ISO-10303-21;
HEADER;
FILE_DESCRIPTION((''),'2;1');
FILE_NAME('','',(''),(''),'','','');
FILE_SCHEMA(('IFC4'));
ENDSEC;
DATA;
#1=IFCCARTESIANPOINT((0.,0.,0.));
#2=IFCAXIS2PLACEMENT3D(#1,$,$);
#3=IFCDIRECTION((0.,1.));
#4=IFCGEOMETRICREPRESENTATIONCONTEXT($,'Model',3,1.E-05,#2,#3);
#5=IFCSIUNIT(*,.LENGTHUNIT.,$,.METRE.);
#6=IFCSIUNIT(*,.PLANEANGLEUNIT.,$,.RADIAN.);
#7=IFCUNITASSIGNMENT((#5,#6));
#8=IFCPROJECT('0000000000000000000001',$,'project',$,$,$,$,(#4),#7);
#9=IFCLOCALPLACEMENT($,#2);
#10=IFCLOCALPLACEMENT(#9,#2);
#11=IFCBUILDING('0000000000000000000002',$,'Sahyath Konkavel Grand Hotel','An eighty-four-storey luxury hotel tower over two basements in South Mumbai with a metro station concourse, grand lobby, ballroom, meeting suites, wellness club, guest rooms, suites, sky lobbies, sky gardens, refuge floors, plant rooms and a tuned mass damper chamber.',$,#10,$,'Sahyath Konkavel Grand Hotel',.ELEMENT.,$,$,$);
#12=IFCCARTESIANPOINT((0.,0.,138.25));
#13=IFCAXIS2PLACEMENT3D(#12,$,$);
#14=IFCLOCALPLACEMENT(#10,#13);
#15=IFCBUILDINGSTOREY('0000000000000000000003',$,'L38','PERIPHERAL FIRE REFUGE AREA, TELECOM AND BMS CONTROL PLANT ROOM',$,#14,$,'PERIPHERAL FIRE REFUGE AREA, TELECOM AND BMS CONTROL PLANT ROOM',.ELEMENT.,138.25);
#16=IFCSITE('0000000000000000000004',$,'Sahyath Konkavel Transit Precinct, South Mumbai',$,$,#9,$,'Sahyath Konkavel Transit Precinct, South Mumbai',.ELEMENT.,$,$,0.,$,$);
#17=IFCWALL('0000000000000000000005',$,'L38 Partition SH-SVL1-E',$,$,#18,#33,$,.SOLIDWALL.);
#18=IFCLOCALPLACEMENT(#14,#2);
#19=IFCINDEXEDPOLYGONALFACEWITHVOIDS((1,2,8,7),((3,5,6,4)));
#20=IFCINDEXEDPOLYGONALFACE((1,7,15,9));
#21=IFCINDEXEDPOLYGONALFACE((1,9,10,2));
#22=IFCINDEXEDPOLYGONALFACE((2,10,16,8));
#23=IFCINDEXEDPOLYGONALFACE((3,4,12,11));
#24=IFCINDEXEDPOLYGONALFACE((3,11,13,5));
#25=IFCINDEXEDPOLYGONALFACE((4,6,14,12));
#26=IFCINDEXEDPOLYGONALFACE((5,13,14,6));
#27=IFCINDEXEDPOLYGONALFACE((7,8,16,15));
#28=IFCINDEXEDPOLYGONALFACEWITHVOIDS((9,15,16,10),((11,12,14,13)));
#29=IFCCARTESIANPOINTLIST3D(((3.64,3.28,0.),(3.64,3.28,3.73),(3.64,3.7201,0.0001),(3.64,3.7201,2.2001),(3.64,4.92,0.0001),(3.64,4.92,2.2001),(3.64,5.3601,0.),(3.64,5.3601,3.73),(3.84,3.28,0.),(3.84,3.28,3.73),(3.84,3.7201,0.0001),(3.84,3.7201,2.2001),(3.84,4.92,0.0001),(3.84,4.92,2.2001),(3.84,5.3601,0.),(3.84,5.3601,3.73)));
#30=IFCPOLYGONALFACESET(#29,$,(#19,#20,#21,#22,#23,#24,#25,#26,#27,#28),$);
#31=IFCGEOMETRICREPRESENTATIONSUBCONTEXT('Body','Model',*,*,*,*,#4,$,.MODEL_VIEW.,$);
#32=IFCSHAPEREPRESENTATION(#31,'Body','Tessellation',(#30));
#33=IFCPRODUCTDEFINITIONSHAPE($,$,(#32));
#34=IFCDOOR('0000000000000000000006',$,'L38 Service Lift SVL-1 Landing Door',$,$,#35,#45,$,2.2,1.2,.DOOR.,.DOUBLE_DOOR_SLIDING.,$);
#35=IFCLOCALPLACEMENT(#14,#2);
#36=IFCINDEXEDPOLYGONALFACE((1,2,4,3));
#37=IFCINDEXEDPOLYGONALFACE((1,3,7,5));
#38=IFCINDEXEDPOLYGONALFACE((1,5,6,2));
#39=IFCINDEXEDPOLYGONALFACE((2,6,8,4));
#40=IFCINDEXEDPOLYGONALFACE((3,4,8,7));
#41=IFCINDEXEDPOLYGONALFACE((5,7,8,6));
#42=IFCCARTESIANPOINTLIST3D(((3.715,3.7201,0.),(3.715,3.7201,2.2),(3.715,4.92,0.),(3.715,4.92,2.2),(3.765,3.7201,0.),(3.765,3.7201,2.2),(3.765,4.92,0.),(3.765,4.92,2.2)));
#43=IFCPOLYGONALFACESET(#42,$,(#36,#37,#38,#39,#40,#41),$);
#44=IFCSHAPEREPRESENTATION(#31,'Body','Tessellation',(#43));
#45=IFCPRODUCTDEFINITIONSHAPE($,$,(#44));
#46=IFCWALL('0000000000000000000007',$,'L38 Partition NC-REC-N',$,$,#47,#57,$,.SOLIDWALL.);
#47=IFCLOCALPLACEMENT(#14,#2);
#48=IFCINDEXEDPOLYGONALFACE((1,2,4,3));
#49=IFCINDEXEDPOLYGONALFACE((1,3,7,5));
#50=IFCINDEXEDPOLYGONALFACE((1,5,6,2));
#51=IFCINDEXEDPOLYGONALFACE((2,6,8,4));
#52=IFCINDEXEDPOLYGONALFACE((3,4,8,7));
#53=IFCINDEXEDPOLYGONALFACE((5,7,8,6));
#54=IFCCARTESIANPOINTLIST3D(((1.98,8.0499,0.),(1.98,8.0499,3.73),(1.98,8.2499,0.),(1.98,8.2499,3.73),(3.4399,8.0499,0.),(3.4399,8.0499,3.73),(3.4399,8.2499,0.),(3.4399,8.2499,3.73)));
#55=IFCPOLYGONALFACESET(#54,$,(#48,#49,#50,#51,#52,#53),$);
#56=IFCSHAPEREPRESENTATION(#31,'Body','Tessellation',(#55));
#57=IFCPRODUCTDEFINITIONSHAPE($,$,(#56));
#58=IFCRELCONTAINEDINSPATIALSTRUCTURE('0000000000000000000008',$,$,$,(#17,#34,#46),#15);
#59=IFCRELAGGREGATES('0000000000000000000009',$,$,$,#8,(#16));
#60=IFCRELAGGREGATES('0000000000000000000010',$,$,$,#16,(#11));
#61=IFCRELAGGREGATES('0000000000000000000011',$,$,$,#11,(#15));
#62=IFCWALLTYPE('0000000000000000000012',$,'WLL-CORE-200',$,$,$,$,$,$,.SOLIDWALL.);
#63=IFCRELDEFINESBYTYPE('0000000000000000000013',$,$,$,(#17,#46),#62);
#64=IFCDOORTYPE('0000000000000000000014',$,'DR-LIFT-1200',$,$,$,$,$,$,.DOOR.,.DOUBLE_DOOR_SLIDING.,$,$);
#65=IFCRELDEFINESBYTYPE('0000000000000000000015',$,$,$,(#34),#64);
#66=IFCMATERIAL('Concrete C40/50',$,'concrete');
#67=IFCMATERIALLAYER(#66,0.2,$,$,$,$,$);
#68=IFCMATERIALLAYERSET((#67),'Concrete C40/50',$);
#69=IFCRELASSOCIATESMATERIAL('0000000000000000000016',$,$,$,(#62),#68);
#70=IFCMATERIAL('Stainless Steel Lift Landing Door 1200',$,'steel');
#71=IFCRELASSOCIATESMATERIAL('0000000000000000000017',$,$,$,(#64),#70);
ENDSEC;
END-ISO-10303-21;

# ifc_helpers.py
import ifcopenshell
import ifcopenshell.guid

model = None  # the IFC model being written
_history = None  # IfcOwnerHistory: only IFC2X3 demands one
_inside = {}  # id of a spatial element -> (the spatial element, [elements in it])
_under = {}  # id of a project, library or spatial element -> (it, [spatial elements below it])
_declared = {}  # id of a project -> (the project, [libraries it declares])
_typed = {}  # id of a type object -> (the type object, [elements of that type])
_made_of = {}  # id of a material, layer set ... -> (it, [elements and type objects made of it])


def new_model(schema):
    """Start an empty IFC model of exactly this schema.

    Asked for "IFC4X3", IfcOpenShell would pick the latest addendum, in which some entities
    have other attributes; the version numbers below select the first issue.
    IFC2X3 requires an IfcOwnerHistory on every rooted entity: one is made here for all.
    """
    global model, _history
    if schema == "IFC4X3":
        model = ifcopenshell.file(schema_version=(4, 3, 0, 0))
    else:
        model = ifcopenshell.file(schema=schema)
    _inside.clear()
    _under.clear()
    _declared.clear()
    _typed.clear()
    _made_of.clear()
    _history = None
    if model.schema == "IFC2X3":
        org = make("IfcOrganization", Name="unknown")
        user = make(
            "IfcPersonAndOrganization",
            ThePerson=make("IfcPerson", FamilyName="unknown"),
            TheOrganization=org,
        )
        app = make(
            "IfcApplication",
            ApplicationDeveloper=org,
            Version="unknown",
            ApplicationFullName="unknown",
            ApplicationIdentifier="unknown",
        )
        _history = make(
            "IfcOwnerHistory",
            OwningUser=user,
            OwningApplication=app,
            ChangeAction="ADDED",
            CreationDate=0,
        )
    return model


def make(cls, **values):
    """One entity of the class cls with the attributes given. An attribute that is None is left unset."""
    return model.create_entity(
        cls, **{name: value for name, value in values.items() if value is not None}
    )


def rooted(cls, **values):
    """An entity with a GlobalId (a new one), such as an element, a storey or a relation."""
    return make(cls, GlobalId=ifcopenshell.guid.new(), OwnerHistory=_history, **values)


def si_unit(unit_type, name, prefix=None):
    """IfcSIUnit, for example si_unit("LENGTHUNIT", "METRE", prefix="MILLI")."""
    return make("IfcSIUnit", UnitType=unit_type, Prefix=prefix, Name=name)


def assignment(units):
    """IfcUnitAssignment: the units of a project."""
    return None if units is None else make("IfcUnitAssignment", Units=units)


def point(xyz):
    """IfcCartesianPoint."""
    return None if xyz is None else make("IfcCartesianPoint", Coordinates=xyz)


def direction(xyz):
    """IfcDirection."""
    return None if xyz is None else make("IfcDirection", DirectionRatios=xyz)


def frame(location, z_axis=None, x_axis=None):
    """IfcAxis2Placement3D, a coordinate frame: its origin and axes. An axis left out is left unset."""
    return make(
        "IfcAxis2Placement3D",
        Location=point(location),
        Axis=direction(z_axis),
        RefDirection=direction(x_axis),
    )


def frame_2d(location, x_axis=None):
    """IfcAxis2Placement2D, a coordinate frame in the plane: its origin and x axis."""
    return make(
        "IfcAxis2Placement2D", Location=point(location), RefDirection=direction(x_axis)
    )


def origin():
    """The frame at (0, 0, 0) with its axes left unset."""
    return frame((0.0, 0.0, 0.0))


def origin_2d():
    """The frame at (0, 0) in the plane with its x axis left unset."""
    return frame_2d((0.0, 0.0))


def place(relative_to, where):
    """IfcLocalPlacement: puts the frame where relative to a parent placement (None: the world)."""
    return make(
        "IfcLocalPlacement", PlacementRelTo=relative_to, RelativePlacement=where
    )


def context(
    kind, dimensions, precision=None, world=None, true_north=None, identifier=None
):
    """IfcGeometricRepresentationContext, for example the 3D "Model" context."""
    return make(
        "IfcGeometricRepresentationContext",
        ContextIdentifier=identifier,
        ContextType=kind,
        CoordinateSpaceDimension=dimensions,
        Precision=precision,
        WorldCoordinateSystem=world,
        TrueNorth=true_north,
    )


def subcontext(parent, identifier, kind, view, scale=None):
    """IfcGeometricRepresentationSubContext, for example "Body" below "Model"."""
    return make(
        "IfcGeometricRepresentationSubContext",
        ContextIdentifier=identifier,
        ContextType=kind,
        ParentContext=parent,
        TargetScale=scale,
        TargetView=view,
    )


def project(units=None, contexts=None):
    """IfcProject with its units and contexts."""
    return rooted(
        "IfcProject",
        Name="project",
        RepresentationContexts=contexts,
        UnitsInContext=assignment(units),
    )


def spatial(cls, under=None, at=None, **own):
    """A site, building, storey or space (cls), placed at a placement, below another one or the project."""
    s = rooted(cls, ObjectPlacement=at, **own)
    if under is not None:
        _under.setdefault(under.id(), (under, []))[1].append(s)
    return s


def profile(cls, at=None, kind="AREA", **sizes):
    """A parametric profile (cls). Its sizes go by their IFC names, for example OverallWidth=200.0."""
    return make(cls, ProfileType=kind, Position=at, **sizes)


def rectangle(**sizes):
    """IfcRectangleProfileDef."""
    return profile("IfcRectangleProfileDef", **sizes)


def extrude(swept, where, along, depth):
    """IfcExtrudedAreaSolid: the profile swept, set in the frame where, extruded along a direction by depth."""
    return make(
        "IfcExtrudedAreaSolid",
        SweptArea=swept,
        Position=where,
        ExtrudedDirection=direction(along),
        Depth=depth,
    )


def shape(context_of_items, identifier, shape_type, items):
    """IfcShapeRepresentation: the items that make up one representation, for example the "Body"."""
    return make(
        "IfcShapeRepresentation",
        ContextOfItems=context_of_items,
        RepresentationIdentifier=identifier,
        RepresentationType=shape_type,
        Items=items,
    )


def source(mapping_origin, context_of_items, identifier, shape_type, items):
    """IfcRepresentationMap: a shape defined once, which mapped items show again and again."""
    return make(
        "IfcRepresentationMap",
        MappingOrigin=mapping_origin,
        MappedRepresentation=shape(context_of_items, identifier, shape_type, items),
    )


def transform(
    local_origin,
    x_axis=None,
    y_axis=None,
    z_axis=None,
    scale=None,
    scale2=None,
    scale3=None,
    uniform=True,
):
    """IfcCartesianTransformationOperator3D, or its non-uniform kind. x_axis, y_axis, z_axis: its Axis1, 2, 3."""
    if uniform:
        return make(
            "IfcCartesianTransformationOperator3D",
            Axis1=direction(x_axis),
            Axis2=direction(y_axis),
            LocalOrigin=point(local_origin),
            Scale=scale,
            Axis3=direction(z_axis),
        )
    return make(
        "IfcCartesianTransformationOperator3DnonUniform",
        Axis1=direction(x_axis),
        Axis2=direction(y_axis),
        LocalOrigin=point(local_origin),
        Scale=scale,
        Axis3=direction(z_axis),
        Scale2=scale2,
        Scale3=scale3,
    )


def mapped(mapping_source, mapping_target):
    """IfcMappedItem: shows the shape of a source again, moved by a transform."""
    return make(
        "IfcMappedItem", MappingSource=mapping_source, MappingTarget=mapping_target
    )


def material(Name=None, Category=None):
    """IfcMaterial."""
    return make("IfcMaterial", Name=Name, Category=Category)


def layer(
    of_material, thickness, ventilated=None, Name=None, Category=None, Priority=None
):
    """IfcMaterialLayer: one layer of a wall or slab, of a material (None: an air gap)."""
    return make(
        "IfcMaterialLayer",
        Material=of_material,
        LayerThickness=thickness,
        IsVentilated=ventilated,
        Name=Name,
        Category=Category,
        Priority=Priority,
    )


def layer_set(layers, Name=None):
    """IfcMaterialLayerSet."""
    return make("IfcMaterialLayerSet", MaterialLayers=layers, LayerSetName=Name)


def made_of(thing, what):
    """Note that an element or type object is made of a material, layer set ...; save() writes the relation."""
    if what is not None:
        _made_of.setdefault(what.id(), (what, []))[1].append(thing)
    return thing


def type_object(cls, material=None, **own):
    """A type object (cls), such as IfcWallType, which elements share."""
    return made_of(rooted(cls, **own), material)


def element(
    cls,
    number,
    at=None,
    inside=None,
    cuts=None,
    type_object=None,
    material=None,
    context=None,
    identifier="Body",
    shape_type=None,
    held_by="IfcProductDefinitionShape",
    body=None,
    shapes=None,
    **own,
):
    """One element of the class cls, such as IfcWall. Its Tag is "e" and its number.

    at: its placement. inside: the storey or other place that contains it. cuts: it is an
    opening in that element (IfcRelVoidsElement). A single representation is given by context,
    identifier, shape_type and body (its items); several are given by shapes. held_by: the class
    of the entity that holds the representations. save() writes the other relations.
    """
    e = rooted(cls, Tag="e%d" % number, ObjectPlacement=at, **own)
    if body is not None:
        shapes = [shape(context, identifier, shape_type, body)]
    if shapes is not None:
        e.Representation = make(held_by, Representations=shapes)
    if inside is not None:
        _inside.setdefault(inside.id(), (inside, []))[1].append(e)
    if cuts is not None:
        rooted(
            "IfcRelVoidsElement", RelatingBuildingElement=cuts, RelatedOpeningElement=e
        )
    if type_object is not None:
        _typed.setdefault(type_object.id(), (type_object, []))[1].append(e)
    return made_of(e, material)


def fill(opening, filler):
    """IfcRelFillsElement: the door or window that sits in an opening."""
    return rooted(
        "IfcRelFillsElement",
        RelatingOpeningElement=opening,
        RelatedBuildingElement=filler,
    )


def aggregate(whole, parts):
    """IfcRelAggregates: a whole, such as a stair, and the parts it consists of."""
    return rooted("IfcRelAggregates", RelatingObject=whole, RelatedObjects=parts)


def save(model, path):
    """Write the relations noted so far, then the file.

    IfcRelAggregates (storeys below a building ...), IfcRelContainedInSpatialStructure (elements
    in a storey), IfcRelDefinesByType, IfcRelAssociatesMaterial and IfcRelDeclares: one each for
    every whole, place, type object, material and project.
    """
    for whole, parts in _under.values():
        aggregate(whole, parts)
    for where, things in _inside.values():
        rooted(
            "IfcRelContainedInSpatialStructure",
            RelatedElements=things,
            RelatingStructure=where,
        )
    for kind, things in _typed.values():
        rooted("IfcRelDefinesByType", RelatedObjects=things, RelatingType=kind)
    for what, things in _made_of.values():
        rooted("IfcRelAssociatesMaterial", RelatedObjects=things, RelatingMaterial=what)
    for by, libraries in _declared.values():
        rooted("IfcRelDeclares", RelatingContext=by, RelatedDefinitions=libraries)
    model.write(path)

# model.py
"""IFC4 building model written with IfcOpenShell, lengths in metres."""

from ifc_helpers import new_model, si_unit, direction, frame, frame_2d, origin, origin_2d, place, context, subcontext, project, spatial, rectangle, extrude, source, transform, mapped, material, layer, layer_set, type_object, element, fill, save


model = new_model("IFC4")

# Units and contexts
model_context = context("Model", 3, precision=1e-05, world=origin(), true_north=direction((0.0, 1.0)))
body_context = subcontext(model_context, "Body", "Model", "MODEL_VIEW")
ifc_project = project(units=[si_unit("LENGTHUNIT", "METRE"), si_unit("PLANEANGLEUNIT", "RADIAN")], contexts=[model_context])

# Site, building, storey
site_placement = place(None, origin())
site = spatial("IfcSite", under=ifc_project, at=site_placement, Name="Sahyath Konkavel Transit Precinct, South Mumbai", LongName="Sahyath Konkavel Transit Precinct, South Mumbai", CompositionType="ELEMENT", RefElevation=0.0)
building_placement = place(site_placement, origin())
building = spatial("IfcBuilding", under=site, at=building_placement, Name="Sahyath Konkavel Grand Hotel", Description="An eighty-four-storey luxury hotel tower over two basements in South Mumbai with a metro station concourse, grand lobby, ballroom, meeting suites, wellness club, guest rooms, suites, sky lobbies, sky gardens, refuge floors, plant rooms and a tuned mass damper chamber.", LongName="Sahyath Konkavel Grand Hotel", CompositionType="ELEMENT")
storey_placement = place(building_placement, frame((0.0, 0.0, 138.25)))
storey = spatial("IfcBuildingStorey", under=building, at=storey_placement, Name="L38", Description="PERIPHERAL FIRE REFUGE AREA, TELECOM AND BMS CONTROL PLANT ROOM", LongName="PERIPHERAL FIRE REFUGE AREA, TELECOM AND BMS CONTROL PLANT ROOM", CompositionType="ELEMENT", Elevation=138.25)

# Shared definitions
ifc_material_1 = material(Name="Concrete C40/50", Category="concrete")

# Shared definitions
ifc_layer_1 = layer(ifc_material_1, 0.2)
ifc_layer_set_1 = layer_set([ifc_layer_1], Name="Concrete C40/50")
wall_type = type_object("IfcWallType", Name="WLL-CORE-200", PredefinedType="SOLIDWALL", material=ifc_layer_set_1)

# Wall, opening, door
wall_1_placement = place(storey_placement, frame((3.74, 3.28, 0.0), z_axis=(0.0, 0.0, 1.0), x_axis=(0.0, 1.0, 0.0)))
wall_1 = element("IfcWall", 1, at=wall_1_placement, inside=storey, type_object=wall_type, Name="L38 Partition SH-SVL1-E", PredefinedType="SOLIDWALL", context=body_context, shape_type="SweptSolid", body=[
    extrude(rectangle(XDim=2.0801, YDim=0.2, at=frame_2d((1.04, 0.0))), origin(), (0.0, 0.0, 1.0), 3.73),
])
opening_1_placement = place(wall_1_placement, frame((0.4399, 0.0, 0.0)))
opening_1 = element("IfcOpeningElement", 2, at=opening_1_placement, cuts=wall_1, PredefinedType="OPENING", context=body_context, shape_type="SweptSolid", body=[
    extrude(rectangle(XDim=1.2, YDim=2.2, at=frame_2d((0.6001, 1.1001))), frame((0.0, 0.1099, 0.0), z_axis=(0.0, -1.0, 0.0), x_axis=(1.0, 0.0, 0.0)), (0.0, 0.0, 1.0), 0.22),
])
ifc_material_2 = material(Name="Stainless Steel Lift Landing Door 1200", Category="steel")
door_type_1 = type_object("IfcDoorType", Name="DR-LIFT-1200", OperationType="DOUBLE_DOOR_SLIDING", PredefinedType="DOOR", material=ifc_material_2)
shared_shape_1 = source(origin(), body_context, "Body", "SweptSolid", [
    extrude(rectangle(XDim=1.2, YDim=0.05, at=origin_2d()), origin(), (0.0, 0.0, 1.0), 2.2),
])
door_1_placement = place(opening_1_placement, frame((0.6001, 0.0, 0.0)))
door_1 = element("IfcDoor", 3, at=door_1_placement, inside=storey, type_object=door_type_1, Name="L38 Service Lift SVL-1 Landing Door", OperationType="DOUBLE_DOOR_SLIDING", OverallHeight=2.2, OverallWidth=1.2, PredefinedType="DOOR", context=body_context, shape_type="MappedRepresentation", body=[
    mapped(shared_shape_1, transform((0.0, 0.0, 0.0), scale=1.0)),
])
fill(opening_1, door_1)

# Wall
wall_2_placement = place(storey_placement, frame((1.98, 8.1499, 0.0), z_axis=(0.0, 0.0, 1.0), x_axis=(1.0, 0.0, 0.0)))
element("IfcWall", 4, at=wall_2_placement, inside=storey, type_object=wall_type, Name="L38 Partition NC-REC-N", PredefinedType="SOLIDWALL", context=body_context, shape_type="SweptSolid", body=[
    extrude(rectangle(XDim=1.46, YDim=0.2, at=frame_2d((0.73, 0.0))), origin(), (0.0, 0.0, 1.0), 3.73),
])

save(model, "model.ifc")
